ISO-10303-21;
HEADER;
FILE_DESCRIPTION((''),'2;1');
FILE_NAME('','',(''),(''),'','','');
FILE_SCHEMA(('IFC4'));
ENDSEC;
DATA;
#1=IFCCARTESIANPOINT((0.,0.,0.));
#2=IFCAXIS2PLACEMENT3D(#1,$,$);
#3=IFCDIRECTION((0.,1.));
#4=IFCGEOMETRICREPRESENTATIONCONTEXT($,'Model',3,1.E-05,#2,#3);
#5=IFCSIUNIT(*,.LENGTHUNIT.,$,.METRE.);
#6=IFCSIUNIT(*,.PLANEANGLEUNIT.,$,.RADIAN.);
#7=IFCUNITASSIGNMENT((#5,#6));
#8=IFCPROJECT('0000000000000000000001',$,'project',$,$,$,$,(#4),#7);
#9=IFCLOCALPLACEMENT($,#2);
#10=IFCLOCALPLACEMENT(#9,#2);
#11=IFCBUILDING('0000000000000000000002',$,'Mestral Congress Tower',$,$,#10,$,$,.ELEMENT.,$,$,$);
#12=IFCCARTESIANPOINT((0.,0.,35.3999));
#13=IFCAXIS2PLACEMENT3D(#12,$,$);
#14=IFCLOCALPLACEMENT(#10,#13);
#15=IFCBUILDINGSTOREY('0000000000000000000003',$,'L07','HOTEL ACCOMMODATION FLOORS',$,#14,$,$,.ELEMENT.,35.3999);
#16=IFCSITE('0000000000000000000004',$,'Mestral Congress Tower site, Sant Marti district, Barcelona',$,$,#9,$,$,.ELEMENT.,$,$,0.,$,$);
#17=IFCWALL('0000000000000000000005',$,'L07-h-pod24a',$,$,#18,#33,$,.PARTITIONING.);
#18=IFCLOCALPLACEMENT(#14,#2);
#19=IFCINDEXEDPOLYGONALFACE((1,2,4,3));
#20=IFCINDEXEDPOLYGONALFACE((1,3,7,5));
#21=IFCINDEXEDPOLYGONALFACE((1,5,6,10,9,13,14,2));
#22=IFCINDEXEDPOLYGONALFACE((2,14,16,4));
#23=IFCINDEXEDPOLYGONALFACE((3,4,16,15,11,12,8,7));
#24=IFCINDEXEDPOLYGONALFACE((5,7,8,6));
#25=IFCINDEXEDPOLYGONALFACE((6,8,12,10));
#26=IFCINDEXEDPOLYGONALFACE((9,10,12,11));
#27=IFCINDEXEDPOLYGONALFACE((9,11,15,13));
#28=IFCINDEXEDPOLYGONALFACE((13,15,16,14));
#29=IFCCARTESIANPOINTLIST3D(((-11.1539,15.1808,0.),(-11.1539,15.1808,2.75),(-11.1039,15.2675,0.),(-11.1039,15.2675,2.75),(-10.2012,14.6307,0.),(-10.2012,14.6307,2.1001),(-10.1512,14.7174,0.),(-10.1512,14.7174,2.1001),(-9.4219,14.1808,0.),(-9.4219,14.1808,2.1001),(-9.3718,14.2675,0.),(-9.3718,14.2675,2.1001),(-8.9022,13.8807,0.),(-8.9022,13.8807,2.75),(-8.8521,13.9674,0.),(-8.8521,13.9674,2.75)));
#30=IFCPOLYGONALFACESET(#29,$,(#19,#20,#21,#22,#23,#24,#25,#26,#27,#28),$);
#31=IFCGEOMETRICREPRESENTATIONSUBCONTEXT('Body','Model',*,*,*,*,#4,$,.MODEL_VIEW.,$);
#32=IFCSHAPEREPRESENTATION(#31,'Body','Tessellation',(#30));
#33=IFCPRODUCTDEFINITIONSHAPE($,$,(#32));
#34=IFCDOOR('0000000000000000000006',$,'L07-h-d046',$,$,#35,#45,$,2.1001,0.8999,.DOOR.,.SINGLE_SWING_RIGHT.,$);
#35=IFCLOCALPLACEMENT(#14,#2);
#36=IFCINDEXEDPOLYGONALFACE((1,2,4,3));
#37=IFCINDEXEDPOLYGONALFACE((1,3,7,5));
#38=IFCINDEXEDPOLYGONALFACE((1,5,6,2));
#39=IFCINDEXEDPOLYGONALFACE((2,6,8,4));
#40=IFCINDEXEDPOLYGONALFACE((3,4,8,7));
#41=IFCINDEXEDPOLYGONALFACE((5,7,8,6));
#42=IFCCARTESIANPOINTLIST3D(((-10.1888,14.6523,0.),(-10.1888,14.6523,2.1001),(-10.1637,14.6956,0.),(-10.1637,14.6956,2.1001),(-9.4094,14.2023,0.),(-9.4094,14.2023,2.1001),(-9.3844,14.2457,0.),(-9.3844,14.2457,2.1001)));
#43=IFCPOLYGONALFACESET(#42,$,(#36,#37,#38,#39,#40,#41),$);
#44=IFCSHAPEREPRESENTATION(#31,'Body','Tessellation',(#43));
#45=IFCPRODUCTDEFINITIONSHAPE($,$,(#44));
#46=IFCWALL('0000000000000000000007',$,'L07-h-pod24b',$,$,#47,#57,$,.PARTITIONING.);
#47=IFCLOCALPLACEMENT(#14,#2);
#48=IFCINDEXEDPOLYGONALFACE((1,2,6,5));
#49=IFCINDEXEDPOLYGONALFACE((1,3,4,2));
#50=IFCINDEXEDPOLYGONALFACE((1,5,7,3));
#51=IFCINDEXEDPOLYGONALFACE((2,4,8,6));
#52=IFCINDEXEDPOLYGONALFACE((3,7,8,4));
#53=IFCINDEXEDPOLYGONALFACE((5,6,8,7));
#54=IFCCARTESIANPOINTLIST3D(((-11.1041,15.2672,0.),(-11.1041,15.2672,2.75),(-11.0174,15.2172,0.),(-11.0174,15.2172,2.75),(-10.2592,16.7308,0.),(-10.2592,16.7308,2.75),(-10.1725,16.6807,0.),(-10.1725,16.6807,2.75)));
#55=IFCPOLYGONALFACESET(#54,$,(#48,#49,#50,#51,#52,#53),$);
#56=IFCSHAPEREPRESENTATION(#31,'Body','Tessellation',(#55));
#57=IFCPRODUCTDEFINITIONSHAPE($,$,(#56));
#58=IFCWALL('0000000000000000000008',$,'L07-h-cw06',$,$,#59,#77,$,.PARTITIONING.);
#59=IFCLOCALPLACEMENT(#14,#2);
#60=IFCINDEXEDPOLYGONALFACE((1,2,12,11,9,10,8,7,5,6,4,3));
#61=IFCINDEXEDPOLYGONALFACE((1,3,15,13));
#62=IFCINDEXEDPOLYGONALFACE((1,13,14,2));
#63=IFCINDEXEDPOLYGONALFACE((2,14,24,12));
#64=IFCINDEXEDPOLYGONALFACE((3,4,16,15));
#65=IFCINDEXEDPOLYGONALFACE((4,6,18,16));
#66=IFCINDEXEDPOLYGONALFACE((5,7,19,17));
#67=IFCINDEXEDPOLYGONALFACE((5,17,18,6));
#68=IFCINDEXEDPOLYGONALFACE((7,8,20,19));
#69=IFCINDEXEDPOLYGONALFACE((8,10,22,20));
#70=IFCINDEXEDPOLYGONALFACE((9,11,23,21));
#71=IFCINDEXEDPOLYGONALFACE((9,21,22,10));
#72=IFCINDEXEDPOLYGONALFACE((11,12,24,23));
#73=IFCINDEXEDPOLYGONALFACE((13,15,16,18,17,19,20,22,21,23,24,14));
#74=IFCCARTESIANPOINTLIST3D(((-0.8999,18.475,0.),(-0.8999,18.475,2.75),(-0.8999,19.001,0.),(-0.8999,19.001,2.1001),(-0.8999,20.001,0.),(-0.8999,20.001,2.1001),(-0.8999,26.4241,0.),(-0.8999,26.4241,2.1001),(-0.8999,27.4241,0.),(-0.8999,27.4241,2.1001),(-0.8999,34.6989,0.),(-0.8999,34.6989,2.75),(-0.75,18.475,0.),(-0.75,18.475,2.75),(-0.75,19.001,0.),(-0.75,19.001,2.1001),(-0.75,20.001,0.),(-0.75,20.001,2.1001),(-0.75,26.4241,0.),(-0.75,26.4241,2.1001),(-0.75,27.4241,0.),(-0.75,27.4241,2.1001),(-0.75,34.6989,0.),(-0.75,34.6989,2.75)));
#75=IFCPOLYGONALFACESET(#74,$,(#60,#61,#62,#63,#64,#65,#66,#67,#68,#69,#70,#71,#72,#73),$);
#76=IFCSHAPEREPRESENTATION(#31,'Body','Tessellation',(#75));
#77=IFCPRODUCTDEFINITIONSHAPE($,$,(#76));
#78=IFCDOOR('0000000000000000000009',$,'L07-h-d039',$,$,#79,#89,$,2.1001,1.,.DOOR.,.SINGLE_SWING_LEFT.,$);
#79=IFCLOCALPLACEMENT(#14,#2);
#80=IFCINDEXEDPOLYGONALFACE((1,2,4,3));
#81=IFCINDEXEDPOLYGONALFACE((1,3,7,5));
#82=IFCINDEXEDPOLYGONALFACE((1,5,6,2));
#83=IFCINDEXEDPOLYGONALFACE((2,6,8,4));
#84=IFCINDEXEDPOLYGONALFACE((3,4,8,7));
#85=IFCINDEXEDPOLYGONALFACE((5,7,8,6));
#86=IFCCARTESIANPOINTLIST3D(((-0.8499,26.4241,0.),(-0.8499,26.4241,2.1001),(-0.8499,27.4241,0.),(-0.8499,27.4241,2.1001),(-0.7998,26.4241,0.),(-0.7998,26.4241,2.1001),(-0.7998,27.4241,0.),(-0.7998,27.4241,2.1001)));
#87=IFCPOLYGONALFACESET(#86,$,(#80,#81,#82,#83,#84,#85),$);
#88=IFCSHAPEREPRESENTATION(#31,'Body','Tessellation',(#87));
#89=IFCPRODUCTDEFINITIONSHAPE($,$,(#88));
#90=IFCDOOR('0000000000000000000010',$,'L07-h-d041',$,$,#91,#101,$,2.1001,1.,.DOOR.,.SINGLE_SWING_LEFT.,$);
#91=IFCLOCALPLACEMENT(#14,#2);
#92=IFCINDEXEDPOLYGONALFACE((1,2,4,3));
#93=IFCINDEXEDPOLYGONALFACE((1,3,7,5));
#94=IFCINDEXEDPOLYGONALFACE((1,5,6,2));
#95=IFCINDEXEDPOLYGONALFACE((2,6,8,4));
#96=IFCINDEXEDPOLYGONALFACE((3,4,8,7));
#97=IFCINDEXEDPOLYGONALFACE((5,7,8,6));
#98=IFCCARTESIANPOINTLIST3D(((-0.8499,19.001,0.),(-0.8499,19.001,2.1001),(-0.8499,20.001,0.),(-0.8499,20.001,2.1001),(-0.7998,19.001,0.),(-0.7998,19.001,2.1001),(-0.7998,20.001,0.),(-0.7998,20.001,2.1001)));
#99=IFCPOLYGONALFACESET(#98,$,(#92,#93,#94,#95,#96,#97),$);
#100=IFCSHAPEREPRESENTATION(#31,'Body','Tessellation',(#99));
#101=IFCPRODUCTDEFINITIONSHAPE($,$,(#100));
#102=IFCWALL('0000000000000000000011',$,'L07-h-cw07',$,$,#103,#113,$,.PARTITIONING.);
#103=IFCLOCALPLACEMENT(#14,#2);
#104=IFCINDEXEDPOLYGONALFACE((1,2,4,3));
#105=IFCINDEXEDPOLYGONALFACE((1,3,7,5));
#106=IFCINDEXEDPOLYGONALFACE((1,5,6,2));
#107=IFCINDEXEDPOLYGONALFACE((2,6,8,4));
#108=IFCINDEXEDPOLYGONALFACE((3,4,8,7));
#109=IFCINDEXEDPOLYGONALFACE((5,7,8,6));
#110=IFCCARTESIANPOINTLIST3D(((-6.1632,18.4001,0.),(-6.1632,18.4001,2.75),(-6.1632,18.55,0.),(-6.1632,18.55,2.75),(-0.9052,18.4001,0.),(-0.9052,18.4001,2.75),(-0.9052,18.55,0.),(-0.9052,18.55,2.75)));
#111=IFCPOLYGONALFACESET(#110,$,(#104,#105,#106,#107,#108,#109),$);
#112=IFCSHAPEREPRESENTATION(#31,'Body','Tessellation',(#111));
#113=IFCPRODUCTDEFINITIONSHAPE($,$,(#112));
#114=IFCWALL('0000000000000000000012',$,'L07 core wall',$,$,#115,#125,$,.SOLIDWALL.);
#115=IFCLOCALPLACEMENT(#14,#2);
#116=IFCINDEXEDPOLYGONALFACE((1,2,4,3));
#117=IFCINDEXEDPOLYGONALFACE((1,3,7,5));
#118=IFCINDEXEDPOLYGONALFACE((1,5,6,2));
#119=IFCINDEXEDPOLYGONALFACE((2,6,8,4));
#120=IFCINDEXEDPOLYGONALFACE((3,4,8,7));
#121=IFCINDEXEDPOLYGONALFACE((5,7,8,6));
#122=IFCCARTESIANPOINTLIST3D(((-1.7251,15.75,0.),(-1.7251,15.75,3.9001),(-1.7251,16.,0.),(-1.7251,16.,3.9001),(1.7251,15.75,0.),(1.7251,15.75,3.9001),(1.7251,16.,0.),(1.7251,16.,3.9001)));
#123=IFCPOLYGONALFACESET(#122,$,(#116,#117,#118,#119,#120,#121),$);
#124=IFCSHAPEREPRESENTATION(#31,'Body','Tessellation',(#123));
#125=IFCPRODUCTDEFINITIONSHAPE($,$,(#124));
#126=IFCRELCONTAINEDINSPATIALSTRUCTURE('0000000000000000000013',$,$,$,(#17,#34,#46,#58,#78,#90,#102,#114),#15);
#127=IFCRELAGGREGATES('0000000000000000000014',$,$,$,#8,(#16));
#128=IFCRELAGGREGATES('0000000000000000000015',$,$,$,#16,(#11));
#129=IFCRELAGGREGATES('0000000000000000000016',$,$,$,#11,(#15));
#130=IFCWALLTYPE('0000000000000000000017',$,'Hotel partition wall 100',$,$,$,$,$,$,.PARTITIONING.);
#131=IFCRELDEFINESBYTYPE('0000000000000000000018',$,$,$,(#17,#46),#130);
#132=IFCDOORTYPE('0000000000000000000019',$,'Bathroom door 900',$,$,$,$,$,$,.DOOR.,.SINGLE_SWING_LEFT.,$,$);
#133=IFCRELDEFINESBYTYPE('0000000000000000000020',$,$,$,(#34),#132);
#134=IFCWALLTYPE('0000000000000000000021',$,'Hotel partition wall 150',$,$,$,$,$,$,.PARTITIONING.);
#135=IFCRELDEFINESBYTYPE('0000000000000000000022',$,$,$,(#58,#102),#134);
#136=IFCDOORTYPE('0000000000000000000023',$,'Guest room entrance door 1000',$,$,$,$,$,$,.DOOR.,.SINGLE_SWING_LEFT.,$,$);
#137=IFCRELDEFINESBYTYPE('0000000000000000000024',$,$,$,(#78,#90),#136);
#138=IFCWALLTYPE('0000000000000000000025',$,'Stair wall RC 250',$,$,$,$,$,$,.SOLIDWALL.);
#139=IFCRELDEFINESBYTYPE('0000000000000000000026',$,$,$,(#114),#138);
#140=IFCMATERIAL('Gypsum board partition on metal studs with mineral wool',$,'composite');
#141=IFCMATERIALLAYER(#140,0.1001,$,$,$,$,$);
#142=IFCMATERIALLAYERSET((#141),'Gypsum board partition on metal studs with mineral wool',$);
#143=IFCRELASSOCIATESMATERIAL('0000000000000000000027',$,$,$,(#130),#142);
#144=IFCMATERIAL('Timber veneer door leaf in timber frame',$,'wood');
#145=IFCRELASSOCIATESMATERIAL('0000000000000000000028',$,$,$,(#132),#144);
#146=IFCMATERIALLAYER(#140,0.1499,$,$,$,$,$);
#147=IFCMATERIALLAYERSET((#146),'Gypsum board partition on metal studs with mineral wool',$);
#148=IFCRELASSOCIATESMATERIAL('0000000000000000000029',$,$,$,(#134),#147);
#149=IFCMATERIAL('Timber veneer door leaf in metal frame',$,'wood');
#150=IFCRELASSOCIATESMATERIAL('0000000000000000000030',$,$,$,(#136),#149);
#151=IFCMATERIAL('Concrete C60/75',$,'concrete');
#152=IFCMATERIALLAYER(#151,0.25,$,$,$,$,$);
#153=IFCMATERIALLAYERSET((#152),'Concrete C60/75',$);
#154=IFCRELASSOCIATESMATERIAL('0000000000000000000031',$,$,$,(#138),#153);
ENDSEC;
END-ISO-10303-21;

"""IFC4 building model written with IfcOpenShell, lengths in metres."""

from ifc_helpers import new_model, si_unit, direction, frame, frame_2d, origin, place, context, subcontext, project, spatial, rectangle, extrude, material, layer, layer_set, type_object, element, fill, save


model = new_model("IFC4")

# Units and contexts
model_context = context("Model", 3, precision=1e-05, world=origin(), true_north=direction((0.0, 1.0)))
body_context = subcontext(model_context, "Body", "Model", "MODEL_VIEW")
ifc_project = project(units=[si_unit("LENGTHUNIT", "METRE"), si_unit("PLANEANGLEUNIT", "RADIAN")], contexts=[model_context])

# Site, building, storey
site_placement = place(None, origin())
site = spatial("IfcSite", under=ifc_project, at=site_placement, Name="Mestral Congress Tower site, Sant Marti district, Barcelona", CompositionType="ELEMENT", RefElevation=0.0)
building_placement = place(site_placement, origin())
building = spatial("IfcBuilding", under=site, at=building_placement, Name="Mestral Congress Tower", CompositionType="ELEMENT")
storey_placement = place(building_placement, frame((0.0, 0.0, 35.3999)))
storey = spatial("IfcBuildingStorey", under=building, at=storey_placement, Name="L07", Description="HOTEL ACCOMMODATION FLOORS", CompositionType="ELEMENT", Elevation=35.3999)

# Shared definitions
ifc_material_1 = material(Name="Concrete C60/75", Category="concrete")

# Shared definitions
ifc_material_2 = material(Name="Gypsum board partition on metal studs with mineral wool", Category="composite")
ifc_layer_1 = layer(ifc_material_2, 0.1001)
ifc_layer_set_1 = layer_set([ifc_layer_1], Name="Gypsum board partition on metal studs with mineral wool")
wall_type_1 = type_object("IfcWallType", Name="Hotel partition wall 100", PredefinedType="PARTITIONING", material=ifc_layer_set_1)
ifc_material_3 = material(Name="Timber veneer door leaf in timber frame", Category="wood")
door_type_1 = type_object("IfcDoorType", Name="Bathroom door 900", OperationType="SINGLE_SWING_LEFT", PredefinedType="DOOR", material=ifc_material_3)

# Wall, opening, door
wall_1_placement = place(storey_placement, frame((-11.1289, 15.2241, 0.0), z_axis=(0.0, 0.0, 1.0), x_axis=(0.866021, -0.500007, 0.0)))
wall_1 = element("IfcWall", 1, at=wall_1_placement, inside=storey, type_object=wall_type_1, Name="L07-h-pod24a", PredefinedType="PARTITIONING", context=body_context, shape_type="SweptSolid", body=[
    extrude(rectangle(XDim=2.6001, YDim=0.1001, at=frame_2d((1.3, 0.0))), origin(), (0.0, 0.0, 1.0), 2.75),
])
opening_1_placement = place(wall_1_placement, frame((1.1001, 0.0, 0.0)))
opening_1 = element("IfcOpeningElement", 2, at=opening_1_placement, cuts=wall_1, PredefinedType="OPENING", context=body_context, shape_type="SweptSolid", body=[
    extrude(rectangle(XDim=0.8999, YDim=2.1001, at=frame_2d((0.45, 1.05))), frame((0.0, 0.0601, 0.0), z_axis=(0.0, -1.0, 0.0), x_axis=(1.0, 0.0, 0.0)), (0.0, 0.0, 1.0), 0.1201),
])
door_1_placement = place(opening_1_placement, origin())
door_1 = element("IfcDoor", 3, at=door_1_placement, inside=storey, type_object=door_type_1, Name="L07-h-d046", OperationType="SINGLE_SWING_RIGHT", OverallHeight=2.1001, OverallWidth=0.8999, PredefinedType="DOOR", context=body_context, shape_type="SweptSolid", body=[
    extrude(rectangle(XDim=0.8999, YDim=2.1001, at=frame_2d((0.45, 1.05))), frame((0.0, 0.0249, 0.0), z_axis=(0.0, -1.0, 0.0), x_axis=(1.0, 0.0, 0.0)), (0.0, 0.0, 1.0), 0.05),
])
fill(opening_1, door_1)

# Wall
wall_2_placement = place(storey_placement, frame((-11.0608, 15.2422, 0.0), z_axis=(0.0, 0.0, 1.0), x_axis=(0.499977, 0.866039, 0.0)))
element("IfcWall", 4, at=wall_2_placement, inside=storey, type_object=wall_type_1, Name="L07-h-pod24b", PredefinedType="PARTITIONING", context=body_context, shape_type="SweptSolid", body=[
    extrude(rectangle(XDim=1.6899, YDim=0.1001, at=frame_2d((0.845, 0.0))), origin(), (0.0, 0.0, 1.0), 2.75),
])

# Wall, openings, doors
ifc_layer_2 = layer(ifc_material_2, 0.1499)
ifc_layer_set_2 = layer_set([ifc_layer_2], Name="Gypsum board partition on metal studs with mineral wool")
wall_type_2 = type_object("IfcWallType", Name="Hotel partition wall 150", PredefinedType="PARTITIONING", material=ifc_layer_set_2)
wall_3_placement = place(storey_placement, frame((-0.825, 18.4751, 0.0), z_axis=(0.0, 0.0, 1.0), x_axis=(0.0, 1.0, 0.0)))
wall_3 = element("IfcWall", 5, at=wall_3_placement, inside=storey, type_object=wall_type_2, Name="L07-h-cw06", PredefinedType="PARTITIONING", context=body_context, shape_type="SweptSolid", body=[
    extrude(rectangle(XDim=16.2239, YDim=0.1499, at=frame_2d((8.1118, 0.0))), origin(), (0.0, 0.0, 1.0), 2.75),
])
opening_2_placement = place(wall_3_placement, frame((7.949, 0.0, 0.0)))
opening_2 = element("IfcOpeningElement", 6, at=opening_2_placement, cuts=wall_3, PredefinedType="OPENING", context=body_context, shape_type="SweptSolid", body=[
    extrude(rectangle(XDim=1.0, YDim=2.1001, at=frame_2d((0.5, 1.05))), frame((0.0, 0.085, 0.0), z_axis=(0.0, -1.0, 0.0), x_axis=(1.0, 0.0, 0.0)), (0.0, 0.0, 1.0), 0.1699),
])
opening_3_placement = place(wall_3_placement, frame((0.5259, 0.0, 0.0)))
opening_3 = element("IfcOpeningElement", 7, at=opening_3_placement, cuts=wall_3, PredefinedType="OPENING", context=body_context, shape_type="SweptSolid", body=[
    extrude(rectangle(XDim=1.0, YDim=2.1001, at=frame_2d((0.5, 1.05))), frame((0.0, 0.085, 0.0), z_axis=(0.0, -1.0, 0.0), x_axis=(1.0, 0.0, 0.0)), (0.0, 0.0, 1.0), 0.1699),
])
ifc_material_4 = material(Name="Timber veneer door leaf in metal frame", Category="wood")
door_type_2 = type_object("IfcDoorType", Name="Guest room entrance door 1000", OperationType="SINGLE_SWING_LEFT", PredefinedType="DOOR", material=ifc_material_4)
door_2_placement = place(opening_2_placement, origin())
door_2 = element("IfcDoor", 8, at=door_2_placement, inside=storey, type_object=door_type_2, Name="L07-h-d039", OperationType="SINGLE_SWING_LEFT", OverallHeight=2.1001, OverallWidth=1.0, PredefinedType="DOOR", context=body_context, shape_type="SweptSolid", body=[
    extrude(rectangle(XDim=1.0, YDim=2.1001, at=frame_2d((0.5, 1.05))), frame((0.0, 0.0249, 0.0), z_axis=(0.0, -1.0, 0.0), x_axis=(1.0, 0.0, 0.0)), (0.0, 0.0, 1.0), 0.05),
])
fill(opening_2, door_2)
door_3_placement = place(opening_3_placement, origin())
door_3 = element("IfcDoor", 9, at=door_3_placement, inside=storey, type_object=door_type_2, Name="L07-h-d041", OperationType="SINGLE_SWING_LEFT", OverallHeight=2.1001, OverallWidth=1.0, PredefinedType="DOOR", context=body_context, shape_type="SweptSolid", body=[
    extrude(rectangle(XDim=1.0, YDim=2.1001, at=frame_2d((0.5, 1.05))), frame((0.0, 0.0249, 0.0), z_axis=(0.0, -1.0, 0.0), x_axis=(1.0, 0.0, 0.0)), (0.0, 0.0, 1.0), 0.05),
])
fill(opening_3, door_3)

# Walls
wall_4_placement = place(storey_placement, frame((-6.1631, 18.4751, 0.0), z_axis=(0.0, 0.0, 1.0), x_axis=(1.0, 0.0, 0.0)))
element("IfcWall", 10, at=wall_4_placement, inside=storey, type_object=wall_type_2, Name="L07-h-cw07", PredefinedType="PARTITIONING", context=body_context, shape_type="SweptSolid", body=[
    extrude(rectangle(XDim=5.2581, YDim=0.1499, at=frame_2d((2.6289, 0.0))), origin(), (0.0, 0.0, 1.0), 2.75),
])
ifc_layer_3 = layer(ifc_material_1, 0.25)
ifc_layer_set_3 = layer_set([ifc_layer_3], Name="Concrete C60/75")
wall_type_3 = type_object("IfcWallType", Name="Stair wall RC 250", PredefinedType="SOLIDWALL", material=ifc_layer_set_3)
wall_5_placement = place(storey_placement, frame((-1.7251, 15.875, 0.0), z_axis=(0.0, 0.0, 1.0), x_axis=(1.0, 0.0, 0.0)))
element("IfcWall", 11, at=wall_5_placement, inside=storey, type_object=wall_type_3, Name="L07 core wall", PredefinedType="SOLIDWALL", context=body_context, shape_type="SweptSolid", body=[
    extrude(rectangle(XDim=3.4502, YDim=0.25, at=frame_2d((1.7251, 0.0))), origin(), (0.0, 0.0, 1.0), 3.9001),
])

save(model, "model.ifc")
